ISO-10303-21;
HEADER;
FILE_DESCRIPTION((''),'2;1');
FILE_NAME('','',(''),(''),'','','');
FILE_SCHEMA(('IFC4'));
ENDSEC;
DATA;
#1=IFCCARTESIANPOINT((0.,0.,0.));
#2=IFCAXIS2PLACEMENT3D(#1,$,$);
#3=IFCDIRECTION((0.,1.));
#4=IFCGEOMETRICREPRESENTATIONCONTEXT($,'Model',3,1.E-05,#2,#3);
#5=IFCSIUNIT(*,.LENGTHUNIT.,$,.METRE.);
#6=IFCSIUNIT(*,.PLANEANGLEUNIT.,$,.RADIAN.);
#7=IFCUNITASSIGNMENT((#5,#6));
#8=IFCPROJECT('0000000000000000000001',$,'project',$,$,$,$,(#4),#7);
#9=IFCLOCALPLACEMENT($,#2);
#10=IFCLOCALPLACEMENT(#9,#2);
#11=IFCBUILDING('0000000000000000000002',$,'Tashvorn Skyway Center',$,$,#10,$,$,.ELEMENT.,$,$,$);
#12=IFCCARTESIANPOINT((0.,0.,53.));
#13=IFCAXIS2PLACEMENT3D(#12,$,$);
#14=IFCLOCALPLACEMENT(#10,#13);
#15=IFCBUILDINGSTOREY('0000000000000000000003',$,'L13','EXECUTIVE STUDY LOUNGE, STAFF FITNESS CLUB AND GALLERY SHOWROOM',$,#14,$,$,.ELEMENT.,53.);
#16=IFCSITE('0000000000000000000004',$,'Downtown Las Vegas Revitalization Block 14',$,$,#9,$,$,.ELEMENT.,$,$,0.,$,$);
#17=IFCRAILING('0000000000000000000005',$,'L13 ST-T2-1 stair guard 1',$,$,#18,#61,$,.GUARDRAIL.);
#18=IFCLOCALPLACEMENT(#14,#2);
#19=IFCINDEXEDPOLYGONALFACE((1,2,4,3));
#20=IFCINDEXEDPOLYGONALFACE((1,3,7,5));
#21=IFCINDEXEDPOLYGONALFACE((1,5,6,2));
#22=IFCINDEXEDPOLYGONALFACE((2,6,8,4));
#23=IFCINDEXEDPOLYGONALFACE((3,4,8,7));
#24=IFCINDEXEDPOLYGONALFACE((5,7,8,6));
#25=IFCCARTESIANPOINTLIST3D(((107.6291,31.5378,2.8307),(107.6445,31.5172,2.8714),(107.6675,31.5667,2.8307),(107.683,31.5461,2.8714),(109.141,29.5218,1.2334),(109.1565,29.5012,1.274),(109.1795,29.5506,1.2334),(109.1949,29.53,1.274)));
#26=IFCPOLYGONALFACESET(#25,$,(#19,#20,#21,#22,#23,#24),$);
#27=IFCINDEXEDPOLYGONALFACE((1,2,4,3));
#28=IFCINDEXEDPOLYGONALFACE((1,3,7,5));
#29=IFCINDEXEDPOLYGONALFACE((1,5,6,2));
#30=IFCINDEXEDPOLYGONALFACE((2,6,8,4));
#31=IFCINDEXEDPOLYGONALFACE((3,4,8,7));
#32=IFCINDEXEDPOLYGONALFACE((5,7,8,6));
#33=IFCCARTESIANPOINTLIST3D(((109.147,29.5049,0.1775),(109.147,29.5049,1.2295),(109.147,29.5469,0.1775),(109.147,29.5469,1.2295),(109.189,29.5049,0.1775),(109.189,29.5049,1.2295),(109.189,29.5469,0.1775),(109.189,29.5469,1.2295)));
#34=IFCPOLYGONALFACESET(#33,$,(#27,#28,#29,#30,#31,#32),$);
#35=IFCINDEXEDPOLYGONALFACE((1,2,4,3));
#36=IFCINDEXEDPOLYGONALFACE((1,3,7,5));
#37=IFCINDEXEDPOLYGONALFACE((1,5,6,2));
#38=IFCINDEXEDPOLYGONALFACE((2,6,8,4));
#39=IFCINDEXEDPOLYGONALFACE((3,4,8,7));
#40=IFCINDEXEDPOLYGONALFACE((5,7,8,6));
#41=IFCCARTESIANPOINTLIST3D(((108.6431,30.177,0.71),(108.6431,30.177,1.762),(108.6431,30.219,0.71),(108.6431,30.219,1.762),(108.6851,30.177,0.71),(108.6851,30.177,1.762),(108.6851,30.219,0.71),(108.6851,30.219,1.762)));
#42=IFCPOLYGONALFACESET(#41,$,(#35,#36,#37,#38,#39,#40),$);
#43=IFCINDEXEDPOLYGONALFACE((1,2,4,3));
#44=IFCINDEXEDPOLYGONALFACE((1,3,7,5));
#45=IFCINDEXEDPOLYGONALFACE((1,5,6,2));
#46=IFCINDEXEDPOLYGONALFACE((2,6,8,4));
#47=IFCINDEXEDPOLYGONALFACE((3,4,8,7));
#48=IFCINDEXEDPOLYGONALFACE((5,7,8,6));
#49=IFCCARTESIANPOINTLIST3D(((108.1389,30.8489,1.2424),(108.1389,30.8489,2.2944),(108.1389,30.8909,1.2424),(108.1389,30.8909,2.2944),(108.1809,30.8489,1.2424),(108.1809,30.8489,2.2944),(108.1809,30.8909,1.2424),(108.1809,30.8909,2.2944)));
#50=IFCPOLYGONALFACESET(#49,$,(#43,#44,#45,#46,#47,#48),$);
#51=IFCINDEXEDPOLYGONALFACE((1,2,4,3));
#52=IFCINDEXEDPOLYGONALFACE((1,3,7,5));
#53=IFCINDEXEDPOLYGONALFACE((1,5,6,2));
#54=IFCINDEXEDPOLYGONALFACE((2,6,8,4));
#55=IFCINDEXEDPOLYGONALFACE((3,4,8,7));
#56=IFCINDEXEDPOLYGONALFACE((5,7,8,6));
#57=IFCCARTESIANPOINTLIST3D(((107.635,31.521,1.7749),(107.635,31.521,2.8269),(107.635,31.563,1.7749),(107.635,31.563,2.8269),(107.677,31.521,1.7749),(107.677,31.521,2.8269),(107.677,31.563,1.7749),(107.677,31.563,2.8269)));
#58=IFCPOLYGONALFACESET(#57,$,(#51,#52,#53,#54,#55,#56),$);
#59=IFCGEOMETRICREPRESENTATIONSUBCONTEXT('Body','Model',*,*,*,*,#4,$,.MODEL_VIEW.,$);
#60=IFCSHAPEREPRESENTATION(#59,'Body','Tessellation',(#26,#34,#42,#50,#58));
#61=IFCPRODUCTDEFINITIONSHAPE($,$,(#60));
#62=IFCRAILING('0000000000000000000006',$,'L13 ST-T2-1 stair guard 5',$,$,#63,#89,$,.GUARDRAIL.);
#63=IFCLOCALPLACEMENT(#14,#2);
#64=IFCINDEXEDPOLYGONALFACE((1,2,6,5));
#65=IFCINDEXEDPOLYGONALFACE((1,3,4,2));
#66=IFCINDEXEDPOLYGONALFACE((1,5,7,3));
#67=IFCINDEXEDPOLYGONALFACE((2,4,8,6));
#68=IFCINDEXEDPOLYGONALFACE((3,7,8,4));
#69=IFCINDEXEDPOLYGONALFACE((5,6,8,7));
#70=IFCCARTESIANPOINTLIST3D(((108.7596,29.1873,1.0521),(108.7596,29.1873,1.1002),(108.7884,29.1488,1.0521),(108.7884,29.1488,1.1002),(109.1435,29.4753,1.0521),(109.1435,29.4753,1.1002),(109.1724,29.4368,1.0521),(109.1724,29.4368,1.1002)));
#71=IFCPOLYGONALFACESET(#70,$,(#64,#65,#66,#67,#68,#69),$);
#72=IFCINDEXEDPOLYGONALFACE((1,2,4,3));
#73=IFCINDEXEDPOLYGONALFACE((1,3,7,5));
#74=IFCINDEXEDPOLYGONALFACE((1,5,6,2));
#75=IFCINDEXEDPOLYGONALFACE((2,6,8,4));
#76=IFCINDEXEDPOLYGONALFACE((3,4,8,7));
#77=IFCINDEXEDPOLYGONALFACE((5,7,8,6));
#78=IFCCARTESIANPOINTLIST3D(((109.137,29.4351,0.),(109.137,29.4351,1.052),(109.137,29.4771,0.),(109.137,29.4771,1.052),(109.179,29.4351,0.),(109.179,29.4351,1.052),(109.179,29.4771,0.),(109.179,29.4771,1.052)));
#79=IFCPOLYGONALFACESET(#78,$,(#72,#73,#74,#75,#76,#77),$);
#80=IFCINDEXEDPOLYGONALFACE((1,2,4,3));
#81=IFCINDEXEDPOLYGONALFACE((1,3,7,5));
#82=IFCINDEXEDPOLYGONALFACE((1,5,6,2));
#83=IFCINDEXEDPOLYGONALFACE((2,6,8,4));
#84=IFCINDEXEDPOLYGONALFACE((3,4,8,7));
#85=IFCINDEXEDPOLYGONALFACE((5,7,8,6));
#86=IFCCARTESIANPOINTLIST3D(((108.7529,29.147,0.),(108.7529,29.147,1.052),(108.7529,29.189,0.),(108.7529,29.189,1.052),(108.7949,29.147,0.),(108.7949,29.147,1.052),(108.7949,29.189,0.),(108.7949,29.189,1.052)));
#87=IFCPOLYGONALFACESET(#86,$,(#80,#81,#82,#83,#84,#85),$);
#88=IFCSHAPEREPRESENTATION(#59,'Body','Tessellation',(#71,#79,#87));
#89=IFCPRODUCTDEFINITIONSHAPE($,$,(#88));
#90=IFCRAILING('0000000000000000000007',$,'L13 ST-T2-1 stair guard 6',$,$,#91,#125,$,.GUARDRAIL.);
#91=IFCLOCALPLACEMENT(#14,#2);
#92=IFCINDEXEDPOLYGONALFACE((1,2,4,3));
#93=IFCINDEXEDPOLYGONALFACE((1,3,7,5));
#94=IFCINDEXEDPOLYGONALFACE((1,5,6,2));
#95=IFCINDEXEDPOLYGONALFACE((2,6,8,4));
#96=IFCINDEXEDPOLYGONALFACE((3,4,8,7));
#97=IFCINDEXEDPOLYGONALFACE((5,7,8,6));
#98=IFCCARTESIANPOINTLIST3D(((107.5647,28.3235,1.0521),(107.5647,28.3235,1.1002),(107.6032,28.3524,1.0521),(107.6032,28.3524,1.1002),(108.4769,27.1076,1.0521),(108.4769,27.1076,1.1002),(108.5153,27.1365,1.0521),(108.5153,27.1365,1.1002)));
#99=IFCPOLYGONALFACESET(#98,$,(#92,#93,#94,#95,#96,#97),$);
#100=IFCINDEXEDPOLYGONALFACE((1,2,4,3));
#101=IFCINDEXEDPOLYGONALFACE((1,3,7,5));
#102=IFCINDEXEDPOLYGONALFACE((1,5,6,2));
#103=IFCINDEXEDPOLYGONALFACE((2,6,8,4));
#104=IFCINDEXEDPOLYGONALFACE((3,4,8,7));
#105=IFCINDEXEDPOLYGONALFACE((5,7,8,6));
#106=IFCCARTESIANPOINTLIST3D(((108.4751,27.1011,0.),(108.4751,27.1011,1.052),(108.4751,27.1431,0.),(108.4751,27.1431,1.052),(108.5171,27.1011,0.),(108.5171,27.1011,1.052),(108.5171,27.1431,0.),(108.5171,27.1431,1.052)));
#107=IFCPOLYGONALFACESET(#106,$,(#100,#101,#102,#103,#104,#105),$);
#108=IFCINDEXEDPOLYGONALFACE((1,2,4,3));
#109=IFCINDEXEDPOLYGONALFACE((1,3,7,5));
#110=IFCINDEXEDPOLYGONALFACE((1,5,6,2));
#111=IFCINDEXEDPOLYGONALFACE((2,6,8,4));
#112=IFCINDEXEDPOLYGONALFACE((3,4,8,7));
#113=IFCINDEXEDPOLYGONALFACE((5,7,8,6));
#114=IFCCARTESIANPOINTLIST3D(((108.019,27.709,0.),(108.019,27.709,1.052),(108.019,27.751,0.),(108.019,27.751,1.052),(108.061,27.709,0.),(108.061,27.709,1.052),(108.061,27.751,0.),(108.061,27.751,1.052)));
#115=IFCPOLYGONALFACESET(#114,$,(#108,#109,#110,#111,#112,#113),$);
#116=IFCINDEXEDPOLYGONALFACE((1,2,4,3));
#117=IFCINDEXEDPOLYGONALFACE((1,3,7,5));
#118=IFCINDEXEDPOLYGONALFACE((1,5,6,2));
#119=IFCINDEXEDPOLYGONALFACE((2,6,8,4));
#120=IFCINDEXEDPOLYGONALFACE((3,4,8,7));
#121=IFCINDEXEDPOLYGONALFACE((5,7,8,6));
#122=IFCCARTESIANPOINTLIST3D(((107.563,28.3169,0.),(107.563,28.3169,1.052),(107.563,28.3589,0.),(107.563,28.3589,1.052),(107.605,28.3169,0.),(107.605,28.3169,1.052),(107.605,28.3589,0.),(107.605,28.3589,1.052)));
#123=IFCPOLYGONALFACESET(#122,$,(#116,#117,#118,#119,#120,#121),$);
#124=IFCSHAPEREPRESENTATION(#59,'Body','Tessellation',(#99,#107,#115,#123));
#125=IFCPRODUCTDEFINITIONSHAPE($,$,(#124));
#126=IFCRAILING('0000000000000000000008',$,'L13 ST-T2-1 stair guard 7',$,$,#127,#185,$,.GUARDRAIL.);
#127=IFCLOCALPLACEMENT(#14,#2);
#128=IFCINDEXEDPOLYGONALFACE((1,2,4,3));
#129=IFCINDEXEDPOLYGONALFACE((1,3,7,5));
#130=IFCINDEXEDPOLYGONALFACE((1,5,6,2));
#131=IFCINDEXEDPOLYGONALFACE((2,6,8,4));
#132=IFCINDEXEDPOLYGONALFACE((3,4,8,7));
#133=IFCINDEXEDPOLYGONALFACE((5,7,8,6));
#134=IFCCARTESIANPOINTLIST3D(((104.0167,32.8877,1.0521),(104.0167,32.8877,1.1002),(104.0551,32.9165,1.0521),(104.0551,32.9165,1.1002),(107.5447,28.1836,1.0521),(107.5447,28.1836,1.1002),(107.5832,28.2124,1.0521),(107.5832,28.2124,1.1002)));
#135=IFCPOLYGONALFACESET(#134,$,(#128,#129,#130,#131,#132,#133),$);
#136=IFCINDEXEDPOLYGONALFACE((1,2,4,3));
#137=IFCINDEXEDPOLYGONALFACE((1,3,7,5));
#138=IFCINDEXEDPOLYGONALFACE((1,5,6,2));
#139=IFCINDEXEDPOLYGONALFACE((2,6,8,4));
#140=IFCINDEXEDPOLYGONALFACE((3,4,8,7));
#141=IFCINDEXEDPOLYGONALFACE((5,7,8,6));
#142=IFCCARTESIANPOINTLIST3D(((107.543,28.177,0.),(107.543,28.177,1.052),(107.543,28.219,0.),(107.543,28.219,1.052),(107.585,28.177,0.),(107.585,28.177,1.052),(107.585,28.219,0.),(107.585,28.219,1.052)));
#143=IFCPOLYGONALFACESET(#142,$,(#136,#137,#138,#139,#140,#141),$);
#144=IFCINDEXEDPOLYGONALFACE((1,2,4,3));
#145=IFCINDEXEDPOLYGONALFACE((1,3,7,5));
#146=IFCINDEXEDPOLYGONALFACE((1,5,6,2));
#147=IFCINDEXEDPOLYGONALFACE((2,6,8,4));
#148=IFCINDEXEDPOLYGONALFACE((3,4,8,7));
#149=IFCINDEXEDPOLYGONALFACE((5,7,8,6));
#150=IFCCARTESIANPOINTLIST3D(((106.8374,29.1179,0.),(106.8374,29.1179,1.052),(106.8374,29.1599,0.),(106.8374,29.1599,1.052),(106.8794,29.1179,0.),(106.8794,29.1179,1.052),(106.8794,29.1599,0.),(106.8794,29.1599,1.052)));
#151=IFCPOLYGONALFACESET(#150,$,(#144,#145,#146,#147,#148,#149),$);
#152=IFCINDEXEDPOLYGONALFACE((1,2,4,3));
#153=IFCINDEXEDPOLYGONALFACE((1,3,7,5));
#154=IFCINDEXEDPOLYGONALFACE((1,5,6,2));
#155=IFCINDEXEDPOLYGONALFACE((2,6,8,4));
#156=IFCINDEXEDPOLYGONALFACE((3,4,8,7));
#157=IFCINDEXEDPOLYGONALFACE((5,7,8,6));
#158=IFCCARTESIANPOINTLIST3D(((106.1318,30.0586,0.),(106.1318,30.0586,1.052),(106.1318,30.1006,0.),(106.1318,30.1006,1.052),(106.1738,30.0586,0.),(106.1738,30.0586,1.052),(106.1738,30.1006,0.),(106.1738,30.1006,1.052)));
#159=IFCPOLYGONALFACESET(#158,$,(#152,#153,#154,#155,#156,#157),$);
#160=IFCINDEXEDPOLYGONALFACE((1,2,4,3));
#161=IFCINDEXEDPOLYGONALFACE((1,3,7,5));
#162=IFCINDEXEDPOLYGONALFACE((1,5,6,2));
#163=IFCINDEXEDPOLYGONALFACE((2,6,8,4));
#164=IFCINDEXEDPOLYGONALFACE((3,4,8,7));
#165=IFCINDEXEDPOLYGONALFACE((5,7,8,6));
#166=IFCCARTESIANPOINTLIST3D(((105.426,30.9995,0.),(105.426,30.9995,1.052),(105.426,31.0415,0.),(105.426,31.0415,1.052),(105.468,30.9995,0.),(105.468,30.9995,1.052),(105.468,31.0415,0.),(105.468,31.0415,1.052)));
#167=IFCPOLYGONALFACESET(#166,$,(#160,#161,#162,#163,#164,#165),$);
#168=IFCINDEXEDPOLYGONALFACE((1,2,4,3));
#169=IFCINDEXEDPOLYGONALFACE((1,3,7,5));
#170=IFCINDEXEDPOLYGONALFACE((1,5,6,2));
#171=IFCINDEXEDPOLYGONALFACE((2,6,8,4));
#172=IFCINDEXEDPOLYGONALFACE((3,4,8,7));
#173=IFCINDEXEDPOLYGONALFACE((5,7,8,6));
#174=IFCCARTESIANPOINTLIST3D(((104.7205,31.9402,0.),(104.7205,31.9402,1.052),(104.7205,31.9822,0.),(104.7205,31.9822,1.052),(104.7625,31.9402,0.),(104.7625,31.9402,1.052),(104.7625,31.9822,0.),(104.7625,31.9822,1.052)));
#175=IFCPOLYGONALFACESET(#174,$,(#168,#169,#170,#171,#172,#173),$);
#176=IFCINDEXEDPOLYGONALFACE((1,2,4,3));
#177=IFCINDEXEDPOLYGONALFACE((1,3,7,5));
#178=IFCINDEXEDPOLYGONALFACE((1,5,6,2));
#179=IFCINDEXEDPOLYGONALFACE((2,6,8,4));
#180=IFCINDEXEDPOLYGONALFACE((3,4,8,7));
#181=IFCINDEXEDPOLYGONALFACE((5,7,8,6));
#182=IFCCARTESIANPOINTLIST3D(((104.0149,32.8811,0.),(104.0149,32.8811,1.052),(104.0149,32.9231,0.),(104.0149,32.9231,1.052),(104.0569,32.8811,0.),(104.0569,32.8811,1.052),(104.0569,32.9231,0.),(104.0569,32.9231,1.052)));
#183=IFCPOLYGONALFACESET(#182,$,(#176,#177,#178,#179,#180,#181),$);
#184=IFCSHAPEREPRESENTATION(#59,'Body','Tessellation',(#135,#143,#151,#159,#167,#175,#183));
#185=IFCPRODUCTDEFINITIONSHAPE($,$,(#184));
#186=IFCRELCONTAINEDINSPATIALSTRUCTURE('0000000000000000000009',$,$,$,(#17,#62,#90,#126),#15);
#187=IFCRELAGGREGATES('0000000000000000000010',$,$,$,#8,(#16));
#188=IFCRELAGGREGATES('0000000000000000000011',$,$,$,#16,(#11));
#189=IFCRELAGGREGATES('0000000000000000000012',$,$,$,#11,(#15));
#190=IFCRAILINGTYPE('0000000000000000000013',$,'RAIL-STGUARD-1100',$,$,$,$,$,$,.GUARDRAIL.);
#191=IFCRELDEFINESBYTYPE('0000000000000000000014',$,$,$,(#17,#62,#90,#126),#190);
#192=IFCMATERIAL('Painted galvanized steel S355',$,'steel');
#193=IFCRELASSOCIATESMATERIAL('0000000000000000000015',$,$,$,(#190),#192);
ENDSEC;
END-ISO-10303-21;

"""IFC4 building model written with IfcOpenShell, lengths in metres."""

from ifc_helpers import new_model, si_unit, direction, frame, origin, origin_2d, place, context, subcontext, project, spatial, rectangle, extrude, material, type_object, element, save


model = new_model("IFC4")

# Units and contexts
model_context = context("Model", 3, precision=1e-05, world=origin(), true_north=direction((0.0, 1.0)))
body_context = subcontext(model_context, "Body", "Model", "MODEL_VIEW")
ifc_project = project(units=[si_unit("LENGTHUNIT", "METRE"), si_unit("PLANEANGLEUNIT", "RADIAN")], contexts=[model_context])

# Site, building, storey
site_placement = place(None, origin())
site = spatial("IfcSite", under=ifc_project, at=site_placement, Name="Downtown Las Vegas Revitalization Block 14", CompositionType="ELEMENT", RefElevation=0.0)
building_placement = place(site_placement, origin())
building = spatial("IfcBuilding", under=site, at=building_placement, Name="Tashvorn Skyway Center", CompositionType="ELEMENT")
storey_placement = place(building_placement, frame((0.0, 0.0, 53.0)))
storey = spatial("IfcBuildingStorey", under=building, at=storey_placement, Name="L13", Description="EXECUTIVE STUDY LOUNGE, STAFF FITNESS CLUB AND GALLERY SHOWROOM", CompositionType="ELEMENT", Elevation=53.0)

# Railings
ifc_material_1 = material(Name="Painted galvanized steel S355", Category="steel")
railing_type_1 = type_object("IfcRailingType", Name="RAIL-STGUARD-1100", PredefinedType="GUARDRAIL", material=ifc_material_1)
railing_1_placement = place(storey_placement, frame((109.168, 29.5259, 0.1775)))
element("IfcRailing", 1, at=railing_1_placement, inside=storey, type_object=railing_type_1, Name="L13 ST-T2-1 stair guard 1", PredefinedType="GUARDRAIL", context=body_context, shape_type="SweptSolid", body=[
    extrude(rectangle(XDim=0.0481, YDim=0.0481, at=origin_2d()), frame((0.0, 0.0, 1.0762), z_axis=(-0.506741, 0.675709, 0.535379), x_axis=(-0.800023, -0.599969, 0.0)), (0.0, 0.0, 1.0), 2.9836),
    extrude(rectangle(XDim=0.042, YDim=0.042, at=origin_2d()), origin(), (0.0, 0.0, 1.0), 1.052),
    extrude(rectangle(XDim=0.042, YDim=0.042, at=origin_2d()), frame((-0.5039, 0.6721, 0.5325)), (0.0, 0.0, 1.0), 1.052),
    extrude(rectangle(XDim=0.042, YDim=0.042, at=origin_2d()), frame((-1.0081, 1.344, 1.0649)), (0.0, 0.0, 1.0), 1.052),
    extrude(rectangle(XDim=0.042, YDim=0.042, at=origin_2d()), frame((-1.512, 2.0161, 1.5974)), (0.0, 0.0, 1.0), 1.052),
])
railing_2_placement = place(storey_placement, frame((109.158, 29.4561, 0.0)))
element("IfcRailing", 2, at=railing_2_placement, inside=storey, type_object=railing_type_1, Name="L13 ST-T2-1 stair guard 5", PredefinedType="GUARDRAIL", context=body_context, shape_type="SweptSolid", body=[
    extrude(rectangle(XDim=0.0481, YDim=0.0481, at=origin_2d()), frame((0.0, 0.0, 1.0762), z_axis=(-0.799939, -0.600081, 0.0), x_axis=(0.600081, -0.799939, 0.0)), (0.0, 0.0, 1.0), 0.48),
    extrude(rectangle(XDim=0.042, YDim=0.042, at=origin_2d()), origin(), (0.0, 0.0, 1.0), 1.052),
    extrude(rectangle(XDim=0.042, YDim=0.042, at=origin_2d()), frame((-0.384, -0.2881, 0.0)), (0.0, 0.0, 1.0), 1.052),
])
railing_3_placement = place(storey_placement, frame((108.4961, 27.1221, 0.0)))
element("IfcRailing", 3, at=railing_3_placement, inside=storey, type_object=railing_type_1, Name="L13 ST-T2-1 stair guard 6", PredefinedType="GUARDRAIL", context=body_context, shape_type="SweptSolid", body=[
    extrude(rectangle(XDim=0.0481, YDim=0.0481, at=origin_2d()), frame((0.0, 0.0, 1.0762), z_axis=(-0.600103, 0.799923, 0.0), x_axis=(-0.799923, -0.600103, 0.0)), (0.0, 0.0, 1.0), 1.52),
    extrude(rectangle(XDim=0.042, YDim=0.042, at=origin_2d()), origin(), (0.0, 0.0, 1.0), 1.052),
    extrude(rectangle(XDim=0.042, YDim=0.042, at=origin_2d()), frame((-0.4561, 0.6079, 0.0)), (0.0, 0.0, 1.0), 1.052),
    extrude(rectangle(XDim=0.042, YDim=0.042, at=origin_2d()), frame((-0.9121, 1.2158, 0.0)), (0.0, 0.0, 1.0), 1.052),
])
railing_4_placement = place(storey_placement, frame((107.564, 28.198, 0.0)))
element("IfcRailing", 4, at=railing_4_placement, inside=storey, type_object=railing_type_1, Name="L13 ST-T2-1 stair guard 7", PredefinedType="GUARDRAIL", context=body_context, shape_type="SweptSolid", body=[
    extrude(rectangle(XDim=0.0481, YDim=0.0481, at=origin_2d()), frame((0.0, 0.0, 1.0762), z_axis=(-0.6, 0.8, 0.0), x_axis=(-0.8, -0.6, 0.0)), (0.0, 0.0, 1.0), 5.8801),
    extrude(rectangle(XDim=0.042, YDim=0.042, at=origin_2d()), origin(), (0.0, 0.0, 1.0), 1.052),
    extrude(rectangle(XDim=0.042, YDim=0.042, at=origin_2d()), frame((-0.7056, 0.9409, 0.0)), (0.0, 0.0, 1.0), 1.052),
    extrude(rectangle(XDim=0.042, YDim=0.042, at=origin_2d()), frame((-1.4111, 1.8816, 0.0)), (0.0, 0.0, 1.0), 1.052),
    extrude(rectangle(XDim=0.042, YDim=0.042, at=origin_2d()), frame((-2.1169, 2.8225, 0.0)), (0.0, 0.0, 1.0), 1.052),
    extrude(rectangle(XDim=0.042, YDim=0.042, at=origin_2d()), frame((-2.8225, 3.7632, 0.0)), (0.0, 0.0, 1.0), 1.052),
    extrude(rectangle(XDim=0.042, YDim=0.042, at=origin_2d()), frame((-3.5281, 4.7041, 0.0)), (0.0, 0.0, 1.0), 1.052),
])

save(model, "model.ifc")
